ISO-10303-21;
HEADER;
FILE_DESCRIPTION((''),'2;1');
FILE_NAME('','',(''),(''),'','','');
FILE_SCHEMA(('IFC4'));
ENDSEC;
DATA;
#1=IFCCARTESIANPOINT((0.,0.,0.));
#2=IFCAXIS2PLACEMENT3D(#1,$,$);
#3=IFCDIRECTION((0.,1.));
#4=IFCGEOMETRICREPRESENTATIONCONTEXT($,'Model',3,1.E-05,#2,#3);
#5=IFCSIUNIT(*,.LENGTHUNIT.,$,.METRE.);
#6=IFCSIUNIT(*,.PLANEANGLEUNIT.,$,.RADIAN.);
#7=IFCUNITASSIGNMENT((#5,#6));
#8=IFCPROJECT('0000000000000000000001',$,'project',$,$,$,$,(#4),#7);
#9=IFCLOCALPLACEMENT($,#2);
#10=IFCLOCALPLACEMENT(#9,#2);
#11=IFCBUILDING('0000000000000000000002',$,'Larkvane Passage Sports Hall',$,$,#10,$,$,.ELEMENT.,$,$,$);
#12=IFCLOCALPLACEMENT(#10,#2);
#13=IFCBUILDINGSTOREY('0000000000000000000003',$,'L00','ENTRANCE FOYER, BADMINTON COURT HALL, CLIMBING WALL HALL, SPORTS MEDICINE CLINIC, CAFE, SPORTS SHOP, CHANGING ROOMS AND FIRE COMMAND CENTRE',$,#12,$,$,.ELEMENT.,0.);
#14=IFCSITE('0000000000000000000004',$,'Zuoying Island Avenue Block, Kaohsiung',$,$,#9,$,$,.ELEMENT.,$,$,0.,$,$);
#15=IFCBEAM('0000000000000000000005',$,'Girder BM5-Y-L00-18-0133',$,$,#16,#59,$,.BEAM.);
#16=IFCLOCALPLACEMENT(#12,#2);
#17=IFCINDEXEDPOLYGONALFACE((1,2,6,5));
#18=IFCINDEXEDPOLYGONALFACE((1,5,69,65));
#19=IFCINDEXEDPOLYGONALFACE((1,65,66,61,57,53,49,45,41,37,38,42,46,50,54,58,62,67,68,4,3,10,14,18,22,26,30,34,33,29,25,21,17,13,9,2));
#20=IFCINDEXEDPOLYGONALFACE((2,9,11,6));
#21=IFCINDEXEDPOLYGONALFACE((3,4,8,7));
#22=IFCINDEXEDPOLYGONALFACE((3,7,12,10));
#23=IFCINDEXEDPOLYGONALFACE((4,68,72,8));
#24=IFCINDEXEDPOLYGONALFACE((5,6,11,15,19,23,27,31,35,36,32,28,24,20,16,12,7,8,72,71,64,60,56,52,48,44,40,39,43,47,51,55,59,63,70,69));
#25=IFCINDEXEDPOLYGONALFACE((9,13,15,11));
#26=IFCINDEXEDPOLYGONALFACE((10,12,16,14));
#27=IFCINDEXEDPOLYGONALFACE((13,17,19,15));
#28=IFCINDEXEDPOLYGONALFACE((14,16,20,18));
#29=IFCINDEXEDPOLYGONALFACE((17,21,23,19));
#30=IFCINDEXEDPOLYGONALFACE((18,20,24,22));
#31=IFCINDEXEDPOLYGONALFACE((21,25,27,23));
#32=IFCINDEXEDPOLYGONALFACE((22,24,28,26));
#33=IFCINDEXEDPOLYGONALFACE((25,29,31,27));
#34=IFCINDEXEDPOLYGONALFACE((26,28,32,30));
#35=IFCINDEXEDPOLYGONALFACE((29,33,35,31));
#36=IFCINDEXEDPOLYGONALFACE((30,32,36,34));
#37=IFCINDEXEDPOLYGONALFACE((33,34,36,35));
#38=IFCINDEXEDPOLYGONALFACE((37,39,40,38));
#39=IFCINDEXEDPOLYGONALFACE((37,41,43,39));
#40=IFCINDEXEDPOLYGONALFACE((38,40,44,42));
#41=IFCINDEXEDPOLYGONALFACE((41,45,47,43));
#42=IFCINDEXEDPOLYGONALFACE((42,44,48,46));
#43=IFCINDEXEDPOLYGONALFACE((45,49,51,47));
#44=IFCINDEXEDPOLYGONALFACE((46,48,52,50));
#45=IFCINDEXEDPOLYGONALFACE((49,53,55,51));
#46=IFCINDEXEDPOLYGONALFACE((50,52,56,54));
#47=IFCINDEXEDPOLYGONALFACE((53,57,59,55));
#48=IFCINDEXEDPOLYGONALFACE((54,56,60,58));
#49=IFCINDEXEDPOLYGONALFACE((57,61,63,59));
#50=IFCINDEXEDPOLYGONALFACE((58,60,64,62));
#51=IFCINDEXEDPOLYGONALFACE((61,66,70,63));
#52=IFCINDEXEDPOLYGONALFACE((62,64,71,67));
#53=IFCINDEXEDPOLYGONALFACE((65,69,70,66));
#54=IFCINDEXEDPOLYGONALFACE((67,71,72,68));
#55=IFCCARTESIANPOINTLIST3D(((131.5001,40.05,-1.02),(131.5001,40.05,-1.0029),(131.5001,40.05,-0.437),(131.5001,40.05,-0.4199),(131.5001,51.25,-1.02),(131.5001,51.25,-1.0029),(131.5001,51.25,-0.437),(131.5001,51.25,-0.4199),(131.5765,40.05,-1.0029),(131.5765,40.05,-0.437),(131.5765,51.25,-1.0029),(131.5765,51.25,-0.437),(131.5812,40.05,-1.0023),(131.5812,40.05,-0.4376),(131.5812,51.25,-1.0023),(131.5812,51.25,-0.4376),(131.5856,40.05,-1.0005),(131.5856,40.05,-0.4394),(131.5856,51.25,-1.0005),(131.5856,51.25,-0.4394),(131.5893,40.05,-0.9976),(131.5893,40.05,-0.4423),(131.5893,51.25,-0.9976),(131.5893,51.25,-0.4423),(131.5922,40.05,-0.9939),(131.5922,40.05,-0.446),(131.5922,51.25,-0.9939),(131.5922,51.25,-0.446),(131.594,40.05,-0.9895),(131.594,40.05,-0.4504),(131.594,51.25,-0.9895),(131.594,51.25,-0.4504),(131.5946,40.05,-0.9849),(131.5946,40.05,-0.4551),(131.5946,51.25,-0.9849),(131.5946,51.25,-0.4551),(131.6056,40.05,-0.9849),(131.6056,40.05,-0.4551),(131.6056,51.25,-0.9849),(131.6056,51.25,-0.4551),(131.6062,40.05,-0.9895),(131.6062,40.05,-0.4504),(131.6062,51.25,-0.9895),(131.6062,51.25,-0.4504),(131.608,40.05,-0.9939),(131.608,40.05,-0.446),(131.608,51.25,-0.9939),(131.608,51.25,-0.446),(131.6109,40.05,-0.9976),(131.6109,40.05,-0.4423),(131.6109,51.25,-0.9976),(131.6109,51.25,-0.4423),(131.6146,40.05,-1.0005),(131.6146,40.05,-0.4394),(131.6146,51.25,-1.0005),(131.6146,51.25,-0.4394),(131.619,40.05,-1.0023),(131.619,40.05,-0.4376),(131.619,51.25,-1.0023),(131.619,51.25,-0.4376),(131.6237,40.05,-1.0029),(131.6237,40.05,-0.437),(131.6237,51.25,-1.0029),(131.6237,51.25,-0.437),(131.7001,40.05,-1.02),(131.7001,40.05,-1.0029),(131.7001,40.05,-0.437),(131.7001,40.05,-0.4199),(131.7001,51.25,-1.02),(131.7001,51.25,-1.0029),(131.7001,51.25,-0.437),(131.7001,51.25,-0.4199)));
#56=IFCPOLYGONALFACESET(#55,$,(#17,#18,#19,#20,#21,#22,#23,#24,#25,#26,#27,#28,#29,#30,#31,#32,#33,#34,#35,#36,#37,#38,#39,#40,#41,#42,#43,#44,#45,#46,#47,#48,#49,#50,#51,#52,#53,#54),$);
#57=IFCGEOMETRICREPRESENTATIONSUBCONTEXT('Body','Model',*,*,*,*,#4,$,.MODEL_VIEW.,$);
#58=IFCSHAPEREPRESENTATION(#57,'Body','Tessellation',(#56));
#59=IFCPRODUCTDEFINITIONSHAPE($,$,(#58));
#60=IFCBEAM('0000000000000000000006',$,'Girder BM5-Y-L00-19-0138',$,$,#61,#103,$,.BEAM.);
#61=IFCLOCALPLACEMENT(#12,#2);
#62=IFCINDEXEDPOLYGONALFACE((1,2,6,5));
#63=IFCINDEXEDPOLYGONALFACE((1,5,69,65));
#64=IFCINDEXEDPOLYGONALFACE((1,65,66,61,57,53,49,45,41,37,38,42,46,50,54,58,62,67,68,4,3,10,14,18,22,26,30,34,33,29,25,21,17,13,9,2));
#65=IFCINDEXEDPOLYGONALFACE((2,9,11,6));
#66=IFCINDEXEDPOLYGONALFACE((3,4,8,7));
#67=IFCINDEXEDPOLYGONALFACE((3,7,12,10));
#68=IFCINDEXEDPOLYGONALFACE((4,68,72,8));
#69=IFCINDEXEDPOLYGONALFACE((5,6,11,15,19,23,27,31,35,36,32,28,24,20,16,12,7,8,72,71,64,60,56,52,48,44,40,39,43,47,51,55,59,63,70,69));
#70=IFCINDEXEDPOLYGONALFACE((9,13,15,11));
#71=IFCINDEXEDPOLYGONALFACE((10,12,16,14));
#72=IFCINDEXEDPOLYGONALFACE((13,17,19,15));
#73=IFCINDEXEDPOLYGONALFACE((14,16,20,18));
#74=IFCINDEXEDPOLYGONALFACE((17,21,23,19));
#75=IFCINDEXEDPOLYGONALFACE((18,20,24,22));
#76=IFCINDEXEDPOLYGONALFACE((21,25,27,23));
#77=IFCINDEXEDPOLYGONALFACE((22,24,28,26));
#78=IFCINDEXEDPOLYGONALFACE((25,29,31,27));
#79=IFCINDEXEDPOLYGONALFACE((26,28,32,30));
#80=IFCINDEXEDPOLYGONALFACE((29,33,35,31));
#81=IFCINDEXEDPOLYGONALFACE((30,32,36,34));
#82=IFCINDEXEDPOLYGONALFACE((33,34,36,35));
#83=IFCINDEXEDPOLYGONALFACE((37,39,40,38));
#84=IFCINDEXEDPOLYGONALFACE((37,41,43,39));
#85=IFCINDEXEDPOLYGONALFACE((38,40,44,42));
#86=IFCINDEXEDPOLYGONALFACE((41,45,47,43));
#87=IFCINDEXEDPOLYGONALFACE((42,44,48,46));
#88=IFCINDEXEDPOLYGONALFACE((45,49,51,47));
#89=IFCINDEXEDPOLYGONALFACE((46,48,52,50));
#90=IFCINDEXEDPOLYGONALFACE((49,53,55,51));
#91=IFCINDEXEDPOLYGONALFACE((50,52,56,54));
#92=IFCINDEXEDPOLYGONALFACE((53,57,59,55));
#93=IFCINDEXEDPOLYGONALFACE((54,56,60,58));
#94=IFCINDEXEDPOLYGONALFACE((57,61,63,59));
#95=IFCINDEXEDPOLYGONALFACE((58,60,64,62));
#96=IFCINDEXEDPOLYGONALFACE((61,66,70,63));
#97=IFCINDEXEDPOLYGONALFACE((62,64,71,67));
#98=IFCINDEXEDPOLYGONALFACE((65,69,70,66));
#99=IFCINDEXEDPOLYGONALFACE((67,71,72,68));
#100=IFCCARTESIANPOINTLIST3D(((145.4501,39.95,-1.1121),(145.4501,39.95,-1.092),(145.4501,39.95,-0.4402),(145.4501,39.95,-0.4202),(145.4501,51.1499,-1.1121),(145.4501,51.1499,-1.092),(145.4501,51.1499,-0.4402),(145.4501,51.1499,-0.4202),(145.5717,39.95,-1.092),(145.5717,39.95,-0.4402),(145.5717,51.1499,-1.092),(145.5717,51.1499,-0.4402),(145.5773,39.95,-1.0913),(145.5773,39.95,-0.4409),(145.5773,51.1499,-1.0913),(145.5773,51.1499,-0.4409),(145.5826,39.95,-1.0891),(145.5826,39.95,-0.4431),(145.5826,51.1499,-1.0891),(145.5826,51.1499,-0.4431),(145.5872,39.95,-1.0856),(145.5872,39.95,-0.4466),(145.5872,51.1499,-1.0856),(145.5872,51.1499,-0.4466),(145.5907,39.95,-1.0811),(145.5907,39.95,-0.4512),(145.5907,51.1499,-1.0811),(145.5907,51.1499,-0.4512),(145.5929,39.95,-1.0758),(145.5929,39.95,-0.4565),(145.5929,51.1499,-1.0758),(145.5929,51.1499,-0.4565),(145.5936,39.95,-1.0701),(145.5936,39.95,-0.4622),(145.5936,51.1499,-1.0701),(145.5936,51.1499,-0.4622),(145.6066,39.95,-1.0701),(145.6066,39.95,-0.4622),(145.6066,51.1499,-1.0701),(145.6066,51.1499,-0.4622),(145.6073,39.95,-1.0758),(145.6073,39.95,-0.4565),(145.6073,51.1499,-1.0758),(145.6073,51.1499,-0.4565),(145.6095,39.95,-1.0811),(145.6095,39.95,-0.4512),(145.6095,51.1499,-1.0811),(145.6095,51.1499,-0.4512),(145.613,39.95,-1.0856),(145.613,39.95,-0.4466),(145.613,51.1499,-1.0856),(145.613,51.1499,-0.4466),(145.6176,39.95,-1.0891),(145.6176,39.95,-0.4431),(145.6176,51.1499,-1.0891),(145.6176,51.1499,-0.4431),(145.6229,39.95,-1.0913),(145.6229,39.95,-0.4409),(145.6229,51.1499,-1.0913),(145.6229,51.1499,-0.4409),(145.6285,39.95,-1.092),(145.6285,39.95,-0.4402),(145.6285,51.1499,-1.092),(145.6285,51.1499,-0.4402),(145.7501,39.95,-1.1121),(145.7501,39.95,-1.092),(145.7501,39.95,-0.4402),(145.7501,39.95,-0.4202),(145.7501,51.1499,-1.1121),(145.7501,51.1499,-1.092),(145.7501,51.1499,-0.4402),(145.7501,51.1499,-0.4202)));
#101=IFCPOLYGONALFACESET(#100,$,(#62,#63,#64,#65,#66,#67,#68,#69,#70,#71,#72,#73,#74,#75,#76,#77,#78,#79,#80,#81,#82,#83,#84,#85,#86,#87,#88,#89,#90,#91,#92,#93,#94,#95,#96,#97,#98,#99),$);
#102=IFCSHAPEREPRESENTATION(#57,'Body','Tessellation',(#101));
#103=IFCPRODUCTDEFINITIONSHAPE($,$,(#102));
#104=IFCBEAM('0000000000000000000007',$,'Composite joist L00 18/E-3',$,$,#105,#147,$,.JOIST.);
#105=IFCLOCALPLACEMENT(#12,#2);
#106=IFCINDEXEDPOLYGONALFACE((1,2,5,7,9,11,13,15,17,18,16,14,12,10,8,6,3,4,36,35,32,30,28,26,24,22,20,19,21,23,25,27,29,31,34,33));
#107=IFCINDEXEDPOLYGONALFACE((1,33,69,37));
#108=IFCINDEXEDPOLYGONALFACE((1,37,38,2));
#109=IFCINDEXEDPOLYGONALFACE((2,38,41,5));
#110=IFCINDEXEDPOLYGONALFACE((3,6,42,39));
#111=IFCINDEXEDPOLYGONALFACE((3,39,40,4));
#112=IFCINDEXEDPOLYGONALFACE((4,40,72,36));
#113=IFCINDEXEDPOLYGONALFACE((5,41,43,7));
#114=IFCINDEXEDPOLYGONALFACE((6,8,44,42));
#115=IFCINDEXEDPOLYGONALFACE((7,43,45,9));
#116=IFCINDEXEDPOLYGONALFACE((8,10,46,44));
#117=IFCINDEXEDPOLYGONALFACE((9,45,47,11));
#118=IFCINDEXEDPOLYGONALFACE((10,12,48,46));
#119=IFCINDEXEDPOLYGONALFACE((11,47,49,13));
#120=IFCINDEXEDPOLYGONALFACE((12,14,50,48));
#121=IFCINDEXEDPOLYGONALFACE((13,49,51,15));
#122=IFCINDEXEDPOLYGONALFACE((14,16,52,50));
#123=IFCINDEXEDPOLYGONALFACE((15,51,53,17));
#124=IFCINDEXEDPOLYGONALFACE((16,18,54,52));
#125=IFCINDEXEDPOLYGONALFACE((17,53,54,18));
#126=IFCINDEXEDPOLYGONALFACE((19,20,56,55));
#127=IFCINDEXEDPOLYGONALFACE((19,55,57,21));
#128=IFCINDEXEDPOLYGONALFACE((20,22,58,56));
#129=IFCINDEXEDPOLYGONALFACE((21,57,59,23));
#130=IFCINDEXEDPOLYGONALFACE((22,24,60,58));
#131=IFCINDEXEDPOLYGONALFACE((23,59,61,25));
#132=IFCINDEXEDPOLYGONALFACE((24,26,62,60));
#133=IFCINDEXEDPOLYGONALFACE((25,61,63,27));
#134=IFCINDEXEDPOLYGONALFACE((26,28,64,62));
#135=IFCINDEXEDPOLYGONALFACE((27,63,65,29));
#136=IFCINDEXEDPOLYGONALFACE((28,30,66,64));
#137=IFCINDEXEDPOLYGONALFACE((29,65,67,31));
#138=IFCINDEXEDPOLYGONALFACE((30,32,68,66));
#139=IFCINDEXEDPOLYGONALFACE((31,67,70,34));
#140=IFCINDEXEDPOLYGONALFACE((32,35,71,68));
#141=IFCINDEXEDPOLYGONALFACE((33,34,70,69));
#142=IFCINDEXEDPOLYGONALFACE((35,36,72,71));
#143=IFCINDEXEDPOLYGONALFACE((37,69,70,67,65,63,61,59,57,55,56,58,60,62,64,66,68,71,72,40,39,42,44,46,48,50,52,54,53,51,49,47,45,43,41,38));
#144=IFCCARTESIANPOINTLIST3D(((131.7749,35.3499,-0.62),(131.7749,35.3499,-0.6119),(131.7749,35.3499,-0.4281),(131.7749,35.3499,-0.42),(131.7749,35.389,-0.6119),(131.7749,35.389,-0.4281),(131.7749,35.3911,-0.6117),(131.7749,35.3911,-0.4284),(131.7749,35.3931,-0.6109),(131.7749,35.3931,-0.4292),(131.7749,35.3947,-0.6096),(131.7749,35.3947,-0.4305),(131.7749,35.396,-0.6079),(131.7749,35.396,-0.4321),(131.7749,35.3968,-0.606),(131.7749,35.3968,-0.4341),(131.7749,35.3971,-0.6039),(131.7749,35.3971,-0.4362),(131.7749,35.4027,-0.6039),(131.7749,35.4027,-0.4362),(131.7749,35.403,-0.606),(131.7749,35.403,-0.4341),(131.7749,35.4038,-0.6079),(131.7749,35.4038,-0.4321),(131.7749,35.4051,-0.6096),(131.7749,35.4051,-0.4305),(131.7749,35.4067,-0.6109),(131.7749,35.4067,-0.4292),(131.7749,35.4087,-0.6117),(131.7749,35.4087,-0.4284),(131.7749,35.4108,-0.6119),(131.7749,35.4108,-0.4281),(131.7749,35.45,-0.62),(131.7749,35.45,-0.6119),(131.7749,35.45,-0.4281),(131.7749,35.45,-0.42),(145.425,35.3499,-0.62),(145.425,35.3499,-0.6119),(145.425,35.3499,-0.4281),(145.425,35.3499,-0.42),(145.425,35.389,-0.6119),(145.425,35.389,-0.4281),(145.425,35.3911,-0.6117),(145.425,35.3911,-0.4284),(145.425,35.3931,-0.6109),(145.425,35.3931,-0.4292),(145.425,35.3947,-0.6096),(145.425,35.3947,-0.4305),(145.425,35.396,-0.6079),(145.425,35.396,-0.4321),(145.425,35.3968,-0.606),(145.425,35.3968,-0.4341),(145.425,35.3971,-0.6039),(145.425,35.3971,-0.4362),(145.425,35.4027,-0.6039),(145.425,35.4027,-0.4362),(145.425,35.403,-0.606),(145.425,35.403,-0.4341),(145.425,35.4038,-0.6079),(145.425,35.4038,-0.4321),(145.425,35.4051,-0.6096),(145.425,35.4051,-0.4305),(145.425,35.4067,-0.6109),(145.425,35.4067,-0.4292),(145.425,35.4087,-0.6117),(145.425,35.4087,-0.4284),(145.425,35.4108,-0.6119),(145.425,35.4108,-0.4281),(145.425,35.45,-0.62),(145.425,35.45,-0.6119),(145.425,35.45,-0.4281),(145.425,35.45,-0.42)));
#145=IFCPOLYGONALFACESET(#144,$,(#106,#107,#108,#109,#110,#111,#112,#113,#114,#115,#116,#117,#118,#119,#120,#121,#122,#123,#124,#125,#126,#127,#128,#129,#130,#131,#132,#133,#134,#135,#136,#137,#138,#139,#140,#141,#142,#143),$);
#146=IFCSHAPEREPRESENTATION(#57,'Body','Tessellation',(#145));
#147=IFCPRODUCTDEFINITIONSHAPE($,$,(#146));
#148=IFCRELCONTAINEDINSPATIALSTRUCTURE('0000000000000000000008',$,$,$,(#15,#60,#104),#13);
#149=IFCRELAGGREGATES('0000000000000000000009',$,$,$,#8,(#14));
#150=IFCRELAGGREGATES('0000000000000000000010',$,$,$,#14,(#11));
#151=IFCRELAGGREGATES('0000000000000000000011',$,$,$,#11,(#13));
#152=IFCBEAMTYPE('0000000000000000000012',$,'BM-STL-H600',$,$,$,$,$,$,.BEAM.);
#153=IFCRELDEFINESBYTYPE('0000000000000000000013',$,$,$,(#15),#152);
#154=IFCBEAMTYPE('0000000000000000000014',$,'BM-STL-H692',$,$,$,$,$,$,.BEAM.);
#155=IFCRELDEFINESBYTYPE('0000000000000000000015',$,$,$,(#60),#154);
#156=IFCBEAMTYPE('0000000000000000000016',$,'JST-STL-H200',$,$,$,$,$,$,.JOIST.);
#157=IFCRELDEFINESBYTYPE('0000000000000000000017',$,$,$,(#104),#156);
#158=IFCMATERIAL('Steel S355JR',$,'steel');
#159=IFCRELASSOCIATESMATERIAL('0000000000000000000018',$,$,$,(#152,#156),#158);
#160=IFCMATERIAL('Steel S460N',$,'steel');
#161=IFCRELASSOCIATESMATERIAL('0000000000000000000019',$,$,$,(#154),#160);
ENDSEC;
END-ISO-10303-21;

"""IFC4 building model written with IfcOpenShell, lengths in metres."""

from ifc_helpers import new_model, si_unit, direction, frame, origin, origin_2d, place, context, subcontext, project, spatial, i_section, extrude, material, material_profile, profile_set, type_object, element, save


model = new_model("IFC4")

# Units and contexts
model_context = context("Model", 3, precision=1e-05, world=origin(), true_north=direction((0.0, 1.0)))
body_context = subcontext(model_context, "Body", "Model", "MODEL_VIEW")
ifc_project = project(units=[si_unit("LENGTHUNIT", "METRE"), si_unit("PLANEANGLEUNIT", "RADIAN")], contexts=[model_context])

# Site, building, storey
site_placement = place(None, origin())
site = spatial("IfcSite", under=ifc_project, at=site_placement, Name="Zuoying Island Avenue Block, Kaohsiung", CompositionType="ELEMENT", RefElevation=0.0)
building_placement = place(site_placement, origin())
building = spatial("IfcBuilding", under=site, at=building_placement, Name="Larkvane Passage Sports Hall", CompositionType="ELEMENT")
storey_placement = place(building_placement, origin())
storey = spatial("IfcBuildingStorey", under=building, at=storey_placement, Name="L00", Description="ENTRANCE FOYER, BADMINTON COURT HALL, CLIMBING WALL HALL, SPORTS MEDICINE CLINIC, CAFE, SPORTS SHOP, CHANGING ROOMS AND FIRE COMMAND CENTRE", CompositionType="ELEMENT", Elevation=0.0)

# Shared definitions
ifc_material_1 = material(Name="Steel S460N", Category="steel")

# Beams
ifc_material_2 = material(Name="Steel S355JR", Category="steel")
ifc_material_profile_1 = material_profile(ifc_material_2, i_section(OverallWidth=0.2, OverallDepth=0.6001, WebThickness=0.011, FlangeThickness=0.0171, FilletRadius=0.0181, at=origin_2d()), Name="H-600x200x11x17")
ifc_profile_set_1 = profile_set([ifc_material_profile_1], Name="Steel S355JR")
beam_type_1 = type_object("IfcBeamType", Name="BM-STL-H600", PredefinedType="BEAM", material=ifc_profile_set_1)
beam_1_placement = place(storey_placement, frame((131.6001, 40.05, -0.72), z_axis=(0.0, 1.0, 0.0), x_axis=(-1.0, 0.0, 0.0)))
element("IfcBeam", 1, at=beam_1_placement, inside=storey, type_object=beam_type_1, Name="Girder BM5-Y-L00-18-0133", PredefinedType="BEAM", context=body_context, shape_type="SweptSolid", body=[
    extrude(i_section(OverallWidth=0.2, OverallDepth=0.6001, WebThickness=0.011, FlangeThickness=0.0171, FilletRadius=0.0181, at=origin_2d()), origin(), (0.0, 0.0, 1.0), 11.2),
])
ifc_material_profile_2 = material_profile(ifc_material_1, i_section(OverallWidth=0.3, OverallDepth=0.6919, WebThickness=0.0129, FlangeThickness=0.02, FilletRadius=0.022, at=origin_2d()), Name="H-692x300x13x20")
ifc_profile_set_2 = profile_set([ifc_material_profile_2], Name="Steel S460N")
beam_type_2 = type_object("IfcBeamType", Name="BM-STL-H692", PredefinedType="BEAM", material=ifc_profile_set_2)
beam_2_placement = place(storey_placement, frame((145.6001, 39.95, -0.7661), z_axis=(0.0, 1.0, 0.0), x_axis=(-1.0, 0.0, 0.0)))
element("IfcBeam", 2, at=beam_2_placement, inside=storey, type_object=beam_type_2, Name="Girder BM5-Y-L00-19-0138", PredefinedType="BEAM", context=body_context, shape_type="SweptSolid", body=[
    extrude(i_section(OverallWidth=0.3, OverallDepth=0.6919, WebThickness=0.0129, FlangeThickness=0.02, FilletRadius=0.022, at=origin_2d()), origin(), (0.0, 0.0, 1.0), 11.2),
])
ifc_material_profile_3 = material_profile(ifc_material_2, i_section(OverallWidth=0.1001, OverallDepth=0.2, WebThickness=0.0056, FlangeThickness=0.0081, FilletRadius=0.0081, at=origin_2d()), Name="H-200x100x5.5x8")
ifc_profile_set_3 = profile_set([ifc_material_profile_3], Name="Steel S355JR")
beam_type_3 = type_object("IfcBeamType", Name="JST-STL-H200", PredefinedType="JOIST", material=ifc_profile_set_3)
beam_3_placement = place(storey_placement, frame((131.7749, 35.3999, -0.52), z_axis=(1.0, 0.0, 0.0), x_axis=(0.0, 1.0, 0.0)))
element("IfcBeam", 3, at=beam_3_placement, inside=storey, type_object=beam_type_3, Name="Composite joist L00 18/E-3", PredefinedType="JOIST", context=body_context, shape_type="SweptSolid", body=[
    extrude(i_section(OverallWidth=0.1001, OverallDepth=0.2, WebThickness=0.0056, FlangeThickness=0.0081, FilletRadius=0.0081, at=origin_2d()), origin(), (0.0, 0.0, 1.0), 13.6501),
])

save(model, "model.ifc")
